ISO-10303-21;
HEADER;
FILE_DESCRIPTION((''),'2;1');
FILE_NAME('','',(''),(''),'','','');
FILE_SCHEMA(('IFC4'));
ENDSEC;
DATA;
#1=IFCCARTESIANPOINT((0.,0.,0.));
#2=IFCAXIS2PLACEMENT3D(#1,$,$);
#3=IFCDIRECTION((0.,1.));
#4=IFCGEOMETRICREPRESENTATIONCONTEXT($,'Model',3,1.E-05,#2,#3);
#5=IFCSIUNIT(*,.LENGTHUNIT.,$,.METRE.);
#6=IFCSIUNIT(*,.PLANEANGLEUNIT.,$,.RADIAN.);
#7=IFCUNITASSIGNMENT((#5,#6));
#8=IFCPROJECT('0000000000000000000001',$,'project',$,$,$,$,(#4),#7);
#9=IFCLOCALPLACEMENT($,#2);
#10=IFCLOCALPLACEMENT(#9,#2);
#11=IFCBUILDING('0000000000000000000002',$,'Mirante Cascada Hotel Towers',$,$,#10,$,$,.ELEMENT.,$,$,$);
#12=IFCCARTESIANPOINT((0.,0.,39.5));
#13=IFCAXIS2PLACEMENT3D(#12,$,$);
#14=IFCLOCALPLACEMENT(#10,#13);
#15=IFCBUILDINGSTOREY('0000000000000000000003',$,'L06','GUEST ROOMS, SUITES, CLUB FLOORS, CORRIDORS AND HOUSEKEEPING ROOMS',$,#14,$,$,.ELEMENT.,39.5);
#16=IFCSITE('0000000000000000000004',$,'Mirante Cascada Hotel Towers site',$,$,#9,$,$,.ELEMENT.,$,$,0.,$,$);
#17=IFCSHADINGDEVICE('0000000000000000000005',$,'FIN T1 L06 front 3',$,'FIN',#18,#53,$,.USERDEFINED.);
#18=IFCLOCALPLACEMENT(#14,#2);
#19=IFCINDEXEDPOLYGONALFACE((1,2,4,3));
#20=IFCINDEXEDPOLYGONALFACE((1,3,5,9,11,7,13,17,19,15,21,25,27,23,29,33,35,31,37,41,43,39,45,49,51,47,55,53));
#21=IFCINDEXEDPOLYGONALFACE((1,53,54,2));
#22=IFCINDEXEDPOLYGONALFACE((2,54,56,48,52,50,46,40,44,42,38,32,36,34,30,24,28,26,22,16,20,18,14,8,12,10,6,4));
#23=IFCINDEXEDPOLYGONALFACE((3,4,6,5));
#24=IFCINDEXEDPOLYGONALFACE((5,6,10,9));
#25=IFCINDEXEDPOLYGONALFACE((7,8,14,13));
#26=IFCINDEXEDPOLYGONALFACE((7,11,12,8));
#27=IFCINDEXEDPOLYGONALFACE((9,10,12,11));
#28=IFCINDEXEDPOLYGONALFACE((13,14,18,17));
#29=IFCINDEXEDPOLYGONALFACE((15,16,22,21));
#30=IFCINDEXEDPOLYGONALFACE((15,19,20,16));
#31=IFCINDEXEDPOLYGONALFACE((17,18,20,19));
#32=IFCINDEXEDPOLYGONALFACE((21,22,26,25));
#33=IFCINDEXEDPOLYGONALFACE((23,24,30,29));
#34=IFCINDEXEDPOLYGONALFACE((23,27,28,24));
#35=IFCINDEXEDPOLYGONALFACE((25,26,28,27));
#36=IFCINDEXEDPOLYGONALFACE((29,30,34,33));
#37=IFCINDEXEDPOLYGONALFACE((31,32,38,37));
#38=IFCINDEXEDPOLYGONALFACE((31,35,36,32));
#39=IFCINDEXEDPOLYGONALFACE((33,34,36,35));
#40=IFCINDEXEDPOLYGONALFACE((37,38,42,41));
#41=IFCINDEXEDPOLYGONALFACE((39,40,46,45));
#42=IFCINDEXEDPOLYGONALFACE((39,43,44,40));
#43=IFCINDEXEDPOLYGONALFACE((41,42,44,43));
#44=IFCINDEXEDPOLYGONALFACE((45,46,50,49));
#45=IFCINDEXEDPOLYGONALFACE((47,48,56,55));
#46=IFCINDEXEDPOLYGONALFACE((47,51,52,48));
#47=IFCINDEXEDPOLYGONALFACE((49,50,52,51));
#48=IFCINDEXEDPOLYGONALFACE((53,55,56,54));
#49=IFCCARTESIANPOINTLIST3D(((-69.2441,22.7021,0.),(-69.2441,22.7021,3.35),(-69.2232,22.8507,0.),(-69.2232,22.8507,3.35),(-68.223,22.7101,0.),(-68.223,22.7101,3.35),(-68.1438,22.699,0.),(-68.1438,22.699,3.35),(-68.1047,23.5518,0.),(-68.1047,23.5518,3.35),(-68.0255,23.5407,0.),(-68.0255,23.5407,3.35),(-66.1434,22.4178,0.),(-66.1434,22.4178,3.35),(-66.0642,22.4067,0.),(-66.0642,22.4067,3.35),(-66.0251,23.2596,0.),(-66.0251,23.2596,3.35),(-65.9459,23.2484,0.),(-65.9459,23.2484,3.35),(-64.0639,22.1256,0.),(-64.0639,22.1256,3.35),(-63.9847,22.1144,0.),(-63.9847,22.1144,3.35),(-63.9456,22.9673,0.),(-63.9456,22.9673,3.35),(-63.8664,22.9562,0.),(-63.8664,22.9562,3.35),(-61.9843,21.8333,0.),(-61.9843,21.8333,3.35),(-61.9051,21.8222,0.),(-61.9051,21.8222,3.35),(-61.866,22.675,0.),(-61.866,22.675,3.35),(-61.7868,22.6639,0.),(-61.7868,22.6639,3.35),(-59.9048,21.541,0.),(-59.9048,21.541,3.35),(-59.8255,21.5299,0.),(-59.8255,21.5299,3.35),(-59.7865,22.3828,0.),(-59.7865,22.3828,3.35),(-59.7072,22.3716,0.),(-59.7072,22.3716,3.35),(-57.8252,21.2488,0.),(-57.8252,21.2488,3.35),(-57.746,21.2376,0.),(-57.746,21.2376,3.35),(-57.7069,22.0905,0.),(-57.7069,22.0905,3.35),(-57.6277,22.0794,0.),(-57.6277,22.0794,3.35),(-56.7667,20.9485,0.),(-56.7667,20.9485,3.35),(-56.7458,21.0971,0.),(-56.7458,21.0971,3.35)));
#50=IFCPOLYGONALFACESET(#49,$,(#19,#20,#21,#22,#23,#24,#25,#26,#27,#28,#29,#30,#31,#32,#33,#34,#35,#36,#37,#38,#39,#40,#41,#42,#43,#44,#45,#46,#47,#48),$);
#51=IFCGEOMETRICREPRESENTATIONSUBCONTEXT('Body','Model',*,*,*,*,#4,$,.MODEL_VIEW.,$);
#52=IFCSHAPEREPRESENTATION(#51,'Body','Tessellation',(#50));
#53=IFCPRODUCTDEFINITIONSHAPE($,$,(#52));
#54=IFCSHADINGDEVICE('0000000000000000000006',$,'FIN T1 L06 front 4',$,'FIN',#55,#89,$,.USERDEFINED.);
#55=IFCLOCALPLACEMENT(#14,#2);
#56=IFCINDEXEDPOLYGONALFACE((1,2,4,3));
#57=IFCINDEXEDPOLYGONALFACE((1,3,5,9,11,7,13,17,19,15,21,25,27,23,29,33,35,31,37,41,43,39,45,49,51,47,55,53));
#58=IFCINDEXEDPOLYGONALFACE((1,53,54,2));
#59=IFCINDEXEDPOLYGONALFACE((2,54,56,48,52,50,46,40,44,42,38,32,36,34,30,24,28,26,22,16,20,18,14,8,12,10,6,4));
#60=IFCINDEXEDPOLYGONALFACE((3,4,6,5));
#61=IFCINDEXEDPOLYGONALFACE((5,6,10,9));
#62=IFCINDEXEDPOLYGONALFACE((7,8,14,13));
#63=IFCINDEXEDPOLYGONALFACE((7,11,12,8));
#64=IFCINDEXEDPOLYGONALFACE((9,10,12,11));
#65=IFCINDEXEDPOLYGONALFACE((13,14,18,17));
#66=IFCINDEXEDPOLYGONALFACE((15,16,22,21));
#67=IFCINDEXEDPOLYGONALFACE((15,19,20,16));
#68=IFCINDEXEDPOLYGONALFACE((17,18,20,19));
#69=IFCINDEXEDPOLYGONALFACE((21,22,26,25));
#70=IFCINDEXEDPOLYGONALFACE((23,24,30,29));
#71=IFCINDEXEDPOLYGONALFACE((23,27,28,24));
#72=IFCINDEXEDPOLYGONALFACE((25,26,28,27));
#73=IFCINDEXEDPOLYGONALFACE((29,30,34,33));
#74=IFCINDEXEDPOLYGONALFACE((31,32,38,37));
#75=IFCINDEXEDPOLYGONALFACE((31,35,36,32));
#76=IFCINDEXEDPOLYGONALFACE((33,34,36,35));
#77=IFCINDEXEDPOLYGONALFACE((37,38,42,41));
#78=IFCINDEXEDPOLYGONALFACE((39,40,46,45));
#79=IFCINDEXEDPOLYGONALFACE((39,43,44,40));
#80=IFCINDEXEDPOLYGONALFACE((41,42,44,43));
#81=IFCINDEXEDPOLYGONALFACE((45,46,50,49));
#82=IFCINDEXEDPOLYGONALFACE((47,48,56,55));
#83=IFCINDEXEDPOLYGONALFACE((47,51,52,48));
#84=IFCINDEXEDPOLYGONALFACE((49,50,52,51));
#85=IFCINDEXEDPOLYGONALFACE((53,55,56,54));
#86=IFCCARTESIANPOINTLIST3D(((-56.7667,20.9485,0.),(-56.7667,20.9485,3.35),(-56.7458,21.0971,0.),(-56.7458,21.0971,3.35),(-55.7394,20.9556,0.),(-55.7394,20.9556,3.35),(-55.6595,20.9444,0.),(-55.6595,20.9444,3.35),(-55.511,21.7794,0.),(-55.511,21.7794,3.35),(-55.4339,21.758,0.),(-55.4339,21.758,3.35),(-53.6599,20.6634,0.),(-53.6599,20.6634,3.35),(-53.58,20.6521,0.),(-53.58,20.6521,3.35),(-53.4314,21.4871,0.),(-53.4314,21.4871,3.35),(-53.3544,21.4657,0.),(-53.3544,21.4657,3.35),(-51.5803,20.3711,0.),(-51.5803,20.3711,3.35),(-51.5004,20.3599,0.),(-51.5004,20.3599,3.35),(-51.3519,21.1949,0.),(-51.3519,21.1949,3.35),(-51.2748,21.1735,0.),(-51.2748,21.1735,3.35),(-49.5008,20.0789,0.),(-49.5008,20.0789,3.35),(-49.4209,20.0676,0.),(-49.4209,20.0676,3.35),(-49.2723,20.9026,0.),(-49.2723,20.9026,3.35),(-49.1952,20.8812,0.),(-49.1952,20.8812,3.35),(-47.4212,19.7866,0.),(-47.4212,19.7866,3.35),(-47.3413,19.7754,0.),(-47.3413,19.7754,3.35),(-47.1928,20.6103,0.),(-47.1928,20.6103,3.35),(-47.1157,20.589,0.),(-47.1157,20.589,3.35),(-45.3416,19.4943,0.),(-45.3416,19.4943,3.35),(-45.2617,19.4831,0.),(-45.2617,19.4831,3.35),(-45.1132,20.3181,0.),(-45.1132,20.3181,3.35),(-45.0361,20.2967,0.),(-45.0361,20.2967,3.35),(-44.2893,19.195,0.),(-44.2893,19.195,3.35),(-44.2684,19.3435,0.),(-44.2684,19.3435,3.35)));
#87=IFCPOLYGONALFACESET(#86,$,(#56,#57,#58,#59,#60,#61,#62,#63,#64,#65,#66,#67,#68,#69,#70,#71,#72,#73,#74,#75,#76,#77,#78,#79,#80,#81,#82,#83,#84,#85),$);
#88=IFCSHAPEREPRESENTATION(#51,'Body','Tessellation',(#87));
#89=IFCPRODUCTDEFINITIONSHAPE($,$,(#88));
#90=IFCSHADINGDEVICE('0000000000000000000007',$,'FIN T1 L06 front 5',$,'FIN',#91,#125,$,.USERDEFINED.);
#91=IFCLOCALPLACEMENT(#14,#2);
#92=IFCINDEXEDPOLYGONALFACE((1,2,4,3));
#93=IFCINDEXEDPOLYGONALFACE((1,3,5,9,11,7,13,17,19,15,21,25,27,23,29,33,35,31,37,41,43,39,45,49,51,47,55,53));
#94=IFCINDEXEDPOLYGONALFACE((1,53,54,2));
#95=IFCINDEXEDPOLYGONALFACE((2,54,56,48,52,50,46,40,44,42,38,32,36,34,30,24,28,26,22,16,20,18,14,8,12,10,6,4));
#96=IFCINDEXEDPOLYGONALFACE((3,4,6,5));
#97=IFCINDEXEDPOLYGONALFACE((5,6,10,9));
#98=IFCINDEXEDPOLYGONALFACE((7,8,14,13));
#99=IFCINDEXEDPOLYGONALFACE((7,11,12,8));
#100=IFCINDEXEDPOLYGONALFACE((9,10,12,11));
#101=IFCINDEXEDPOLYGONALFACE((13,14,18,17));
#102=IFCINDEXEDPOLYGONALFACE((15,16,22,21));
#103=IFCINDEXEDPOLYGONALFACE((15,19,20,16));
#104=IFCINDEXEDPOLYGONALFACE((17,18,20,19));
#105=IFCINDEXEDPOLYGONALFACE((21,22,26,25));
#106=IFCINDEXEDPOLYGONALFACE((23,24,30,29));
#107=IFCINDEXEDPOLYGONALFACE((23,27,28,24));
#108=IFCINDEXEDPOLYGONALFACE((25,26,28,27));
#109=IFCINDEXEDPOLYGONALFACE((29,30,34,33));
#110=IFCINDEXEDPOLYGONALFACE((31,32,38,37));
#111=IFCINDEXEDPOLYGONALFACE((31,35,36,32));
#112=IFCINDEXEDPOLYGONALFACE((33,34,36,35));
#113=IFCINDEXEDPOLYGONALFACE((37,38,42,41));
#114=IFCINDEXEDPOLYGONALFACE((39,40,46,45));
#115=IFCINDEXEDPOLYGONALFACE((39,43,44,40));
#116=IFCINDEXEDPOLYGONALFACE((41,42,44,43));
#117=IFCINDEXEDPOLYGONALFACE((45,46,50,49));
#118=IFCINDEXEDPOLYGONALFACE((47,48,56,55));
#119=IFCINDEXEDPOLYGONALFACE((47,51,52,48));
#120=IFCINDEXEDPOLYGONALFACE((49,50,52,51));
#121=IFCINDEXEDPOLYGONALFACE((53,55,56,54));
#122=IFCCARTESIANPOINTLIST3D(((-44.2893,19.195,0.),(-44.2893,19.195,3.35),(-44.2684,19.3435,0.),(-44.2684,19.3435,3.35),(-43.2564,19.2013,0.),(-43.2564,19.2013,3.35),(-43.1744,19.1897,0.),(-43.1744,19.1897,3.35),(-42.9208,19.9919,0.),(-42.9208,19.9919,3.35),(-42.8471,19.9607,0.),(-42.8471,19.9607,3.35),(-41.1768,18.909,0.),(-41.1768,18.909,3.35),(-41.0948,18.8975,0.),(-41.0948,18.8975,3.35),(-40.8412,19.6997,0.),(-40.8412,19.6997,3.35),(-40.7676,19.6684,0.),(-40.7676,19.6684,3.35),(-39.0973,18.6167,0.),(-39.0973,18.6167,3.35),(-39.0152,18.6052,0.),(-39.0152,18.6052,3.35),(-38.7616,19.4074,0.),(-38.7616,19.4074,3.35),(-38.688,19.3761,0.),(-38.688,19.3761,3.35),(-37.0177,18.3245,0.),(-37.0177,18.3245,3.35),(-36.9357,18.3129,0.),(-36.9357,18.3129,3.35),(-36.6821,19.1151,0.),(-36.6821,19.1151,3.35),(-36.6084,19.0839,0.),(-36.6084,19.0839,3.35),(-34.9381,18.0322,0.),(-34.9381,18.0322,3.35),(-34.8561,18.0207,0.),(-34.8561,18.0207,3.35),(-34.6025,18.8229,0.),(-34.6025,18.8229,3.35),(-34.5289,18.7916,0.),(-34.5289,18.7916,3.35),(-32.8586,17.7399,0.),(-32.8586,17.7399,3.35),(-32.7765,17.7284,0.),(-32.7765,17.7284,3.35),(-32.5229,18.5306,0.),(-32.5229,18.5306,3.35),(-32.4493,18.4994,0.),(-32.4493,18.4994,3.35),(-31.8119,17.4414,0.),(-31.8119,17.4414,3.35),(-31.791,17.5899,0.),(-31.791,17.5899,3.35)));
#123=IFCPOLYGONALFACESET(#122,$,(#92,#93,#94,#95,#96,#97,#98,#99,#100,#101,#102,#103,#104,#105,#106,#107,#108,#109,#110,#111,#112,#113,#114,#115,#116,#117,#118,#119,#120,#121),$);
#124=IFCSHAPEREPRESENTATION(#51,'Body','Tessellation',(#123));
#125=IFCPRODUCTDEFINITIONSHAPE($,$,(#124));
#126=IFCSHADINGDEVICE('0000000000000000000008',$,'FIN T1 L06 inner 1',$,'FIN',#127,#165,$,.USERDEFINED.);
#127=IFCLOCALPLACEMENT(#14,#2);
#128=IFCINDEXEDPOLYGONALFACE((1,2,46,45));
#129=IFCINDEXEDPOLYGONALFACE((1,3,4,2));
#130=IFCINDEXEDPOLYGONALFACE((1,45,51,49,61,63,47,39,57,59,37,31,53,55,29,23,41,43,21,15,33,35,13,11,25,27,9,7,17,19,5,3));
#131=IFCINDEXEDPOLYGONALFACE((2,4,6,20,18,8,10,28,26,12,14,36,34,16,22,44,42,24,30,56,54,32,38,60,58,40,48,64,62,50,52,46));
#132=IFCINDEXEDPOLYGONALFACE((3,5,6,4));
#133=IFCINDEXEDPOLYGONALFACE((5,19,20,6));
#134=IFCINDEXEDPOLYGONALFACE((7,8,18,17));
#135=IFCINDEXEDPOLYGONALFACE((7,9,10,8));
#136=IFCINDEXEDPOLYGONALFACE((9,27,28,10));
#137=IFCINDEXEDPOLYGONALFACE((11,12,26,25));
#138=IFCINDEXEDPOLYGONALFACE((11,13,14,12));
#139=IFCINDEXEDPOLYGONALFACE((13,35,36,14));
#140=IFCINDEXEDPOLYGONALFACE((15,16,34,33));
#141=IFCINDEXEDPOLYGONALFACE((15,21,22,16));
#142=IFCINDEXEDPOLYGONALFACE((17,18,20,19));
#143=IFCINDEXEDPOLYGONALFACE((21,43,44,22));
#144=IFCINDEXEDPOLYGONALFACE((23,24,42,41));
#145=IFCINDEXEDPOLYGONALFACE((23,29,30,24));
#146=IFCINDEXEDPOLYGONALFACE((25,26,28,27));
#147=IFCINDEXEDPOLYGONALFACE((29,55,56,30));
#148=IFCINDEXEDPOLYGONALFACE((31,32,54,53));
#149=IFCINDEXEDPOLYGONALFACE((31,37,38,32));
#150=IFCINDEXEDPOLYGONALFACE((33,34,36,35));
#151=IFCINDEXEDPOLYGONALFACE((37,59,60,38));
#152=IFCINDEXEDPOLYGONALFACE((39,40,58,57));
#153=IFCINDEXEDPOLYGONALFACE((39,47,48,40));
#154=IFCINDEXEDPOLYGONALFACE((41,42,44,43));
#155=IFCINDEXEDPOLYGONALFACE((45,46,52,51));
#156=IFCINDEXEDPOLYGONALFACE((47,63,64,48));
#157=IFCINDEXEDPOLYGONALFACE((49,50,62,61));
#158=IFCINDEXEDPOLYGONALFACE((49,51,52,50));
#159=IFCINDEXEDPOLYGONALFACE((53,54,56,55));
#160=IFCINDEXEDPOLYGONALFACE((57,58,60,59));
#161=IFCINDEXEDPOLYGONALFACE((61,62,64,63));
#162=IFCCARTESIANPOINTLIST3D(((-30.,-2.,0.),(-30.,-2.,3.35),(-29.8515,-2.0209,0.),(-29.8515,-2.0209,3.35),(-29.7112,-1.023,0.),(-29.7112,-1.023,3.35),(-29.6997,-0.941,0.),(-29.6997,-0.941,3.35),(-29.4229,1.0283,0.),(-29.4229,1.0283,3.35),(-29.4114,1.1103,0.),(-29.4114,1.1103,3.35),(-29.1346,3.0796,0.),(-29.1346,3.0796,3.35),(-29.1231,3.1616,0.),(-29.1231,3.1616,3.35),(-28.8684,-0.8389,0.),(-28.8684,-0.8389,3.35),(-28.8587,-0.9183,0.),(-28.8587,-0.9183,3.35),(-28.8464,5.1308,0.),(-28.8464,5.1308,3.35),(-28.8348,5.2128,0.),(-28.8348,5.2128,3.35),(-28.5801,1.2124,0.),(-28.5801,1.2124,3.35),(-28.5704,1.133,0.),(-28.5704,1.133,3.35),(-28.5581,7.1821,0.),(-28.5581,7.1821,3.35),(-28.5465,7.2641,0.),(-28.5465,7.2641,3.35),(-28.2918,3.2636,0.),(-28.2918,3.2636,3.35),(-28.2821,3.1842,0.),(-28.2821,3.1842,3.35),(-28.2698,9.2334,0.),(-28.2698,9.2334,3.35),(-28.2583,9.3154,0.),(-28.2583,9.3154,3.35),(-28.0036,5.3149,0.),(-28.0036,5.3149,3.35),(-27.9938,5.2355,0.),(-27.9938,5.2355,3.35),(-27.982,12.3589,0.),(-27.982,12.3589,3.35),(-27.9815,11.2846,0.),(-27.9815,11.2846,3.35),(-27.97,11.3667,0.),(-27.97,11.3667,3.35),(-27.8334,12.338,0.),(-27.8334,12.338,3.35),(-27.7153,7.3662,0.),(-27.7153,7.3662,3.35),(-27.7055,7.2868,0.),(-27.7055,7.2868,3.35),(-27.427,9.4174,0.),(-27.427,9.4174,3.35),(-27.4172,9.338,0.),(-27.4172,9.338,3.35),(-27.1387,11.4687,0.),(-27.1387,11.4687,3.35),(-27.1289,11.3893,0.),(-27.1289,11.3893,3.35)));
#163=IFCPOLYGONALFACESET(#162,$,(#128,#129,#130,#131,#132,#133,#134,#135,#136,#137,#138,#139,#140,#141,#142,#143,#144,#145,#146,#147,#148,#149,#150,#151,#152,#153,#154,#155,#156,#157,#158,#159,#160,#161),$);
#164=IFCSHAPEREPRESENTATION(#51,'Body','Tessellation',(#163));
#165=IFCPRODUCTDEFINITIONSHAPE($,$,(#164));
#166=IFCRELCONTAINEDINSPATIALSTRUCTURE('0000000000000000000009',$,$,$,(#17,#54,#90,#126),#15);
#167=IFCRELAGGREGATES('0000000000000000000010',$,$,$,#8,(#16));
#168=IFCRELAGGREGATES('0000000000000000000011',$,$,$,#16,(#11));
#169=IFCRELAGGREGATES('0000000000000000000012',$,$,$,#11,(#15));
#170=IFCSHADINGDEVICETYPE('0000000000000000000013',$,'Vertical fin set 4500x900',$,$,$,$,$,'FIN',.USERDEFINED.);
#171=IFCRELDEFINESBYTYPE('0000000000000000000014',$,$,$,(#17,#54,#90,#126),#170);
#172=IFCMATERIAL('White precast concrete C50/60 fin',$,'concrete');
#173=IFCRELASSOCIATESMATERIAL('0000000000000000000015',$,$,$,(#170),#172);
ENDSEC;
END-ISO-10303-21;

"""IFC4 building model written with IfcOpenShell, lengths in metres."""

from ifc_helpers import new_model, si_unit, direction, frame, origin, place, context, subcontext, project, spatial, polyline, outline, extrude, material, type_object, element, save


model = new_model("IFC4")

# Units and contexts
model_context = context("Model", 3, precision=1e-05, world=origin(), true_north=direction((0.0, 1.0)))
body_context = subcontext(model_context, "Body", "Model", "MODEL_VIEW")
ifc_project = project(units=[si_unit("LENGTHUNIT", "METRE"), si_unit("PLANEANGLEUNIT", "RADIAN")], contexts=[model_context])

# Site, building, storey
site_placement = place(None, origin())
site = spatial("IfcSite", under=ifc_project, at=site_placement, Name="Mirante Cascada Hotel Towers site", CompositionType="ELEMENT", RefElevation=0.0)
building_placement = place(site_placement, origin())
building = spatial("IfcBuilding", under=site, at=building_placement, Name="Mirante Cascada Hotel Towers", CompositionType="ELEMENT")
storey_placement = place(building_placement, frame((0.0, 0.0, 39.5)))
storey = spatial("IfcBuildingStorey", under=building, at=storey_placement, Name="L06", Description="GUEST ROOMS, SUITES, CLUB FLOORS, CORRIDORS AND HOUSEKEEPING ROOMS", CompositionType="ELEMENT", Elevation=39.5)

# Shading devices
ifc_material_1 = material(Name="White precast concrete C50/60 fin", Category="concrete")
shading_device_type = type_object("IfcShadingDeviceType", Name="Vertical fin set 4500x900", ElementType="FIN", PredefinedType="USERDEFINED", material=ifc_material_1)
shading_device_1_placement = place(storey_placement, origin())
element("IfcShadingDevice", 1, at=shading_device_1_placement, inside=storey, type_object=shading_device_type, Name="FIN T1 L06 front 3", ObjectType="FIN", PredefinedType="USERDEFINED", context=body_context, shape_type="SweptSolid", body=[
    extrude(outline(polyline([(-57.6277, 22.0794), (-57.746, 21.2376), (-56.7458, 21.0971), (-56.7667, 20.9485), (-69.2441, 22.7021), (-69.2232, 22.8507), (-68.223, 22.7101), (-68.1047, 23.5518), (-68.0255, 23.5407), (-68.1438, 22.699), (-66.1434, 22.4178), (-66.0251, 23.2596), (-65.9459, 23.2484), (-66.0642, 22.4067), (-64.0639, 22.1256), (-63.9456, 22.9673), (-63.8664, 22.9562), (-63.9847, 22.1144), (-61.9843, 21.8333), (-61.866, 22.675), (-61.7868, 22.6639), (-61.9051, 21.8222), (-59.9048, 21.541), (-59.7865, 22.3828), (-59.7072, 22.3716), (-59.8255, 21.5299), (-57.8252, 21.2488), (-57.7069, 22.0905), (-57.6277, 22.0794)])), origin(), (0.0, 0.0, 1.0), 3.35),
])
shading_device_2_placement = place(storey_placement, origin())
element("IfcShadingDevice", 2, at=shading_device_2_placement, inside=storey, type_object=shading_device_type, Name="FIN T1 L06 front 4", ObjectType="FIN", PredefinedType="USERDEFINED", context=body_context, shape_type="SweptSolid", body=[
    extrude(outline(polyline([(-45.0361, 20.2967), (-45.2617, 19.4831), (-44.2684, 19.3435), (-44.2893, 19.195), (-56.7667, 20.9485), (-56.7458, 21.0971), (-55.7394, 20.9556), (-55.511, 21.7794), (-55.4339, 21.758), (-55.6595, 20.9444), (-53.6599, 20.6634), (-53.4314, 21.4871), (-53.3544, 21.4657), (-53.58, 20.6521), (-51.5803, 20.3711), (-51.3519, 21.1949), (-51.2748, 21.1735), (-51.5004, 20.3599), (-49.5008, 20.0789), (-49.2723, 20.9026), (-49.1952, 20.8812), (-49.4209, 20.0676), (-47.4212, 19.7866), (-47.1928, 20.6103), (-47.1157, 20.589), (-47.3413, 19.7754), (-45.3416, 19.4943), (-45.1132, 20.3181), (-45.0361, 20.2967)])), origin(), (0.0, 0.0, 1.0), 3.35),
])
shading_device_3_placement = place(storey_placement, origin())
element("IfcShadingDevice", 3, at=shading_device_3_placement, inside=storey, type_object=shading_device_type, Name="FIN T1 L06 front 5", ObjectType="FIN", PredefinedType="USERDEFINED", context=body_context, shape_type="SweptSolid", body=[
    extrude(outline(polyline([(-32.4493, 18.4994), (-32.7765, 17.7284), (-31.791, 17.5899), (-31.8119, 17.4414), (-44.2893, 19.195), (-44.2684, 19.3435), (-43.2564, 19.2013), (-42.9208, 19.9919), (-42.8471, 19.9607), (-43.1744, 19.1897), (-41.1768, 18.909), (-40.8412, 19.6997), (-40.7676, 19.6684), (-41.0948, 18.8975), (-39.0973, 18.6167), (-38.7616, 19.4074), (-38.688, 19.3761), (-39.0152, 18.6052), (-37.0177, 18.3245), (-36.6821, 19.1151), (-36.6084, 19.0839), (-36.9357, 18.3129), (-34.9381, 18.0322), (-34.6025, 18.8229), (-34.5289, 18.7916), (-34.8561, 18.0207), (-32.8586, 17.7399), (-32.5229, 18.5306), (-32.4493, 18.4994)])), origin(), (0.0, 0.0, 1.0), 3.35),
])
shading_device_4_placement = place(storey_placement, origin())
element("IfcShadingDevice", 4, at=shading_device_4_placement, inside=storey, type_object=shading_device_type, Name="FIN T1 L06 inner 1", ObjectType="FIN", PredefinedType="USERDEFINED", context=body_context, shape_type="SweptSolid", body=[
    extrude(outline(polyline([(-29.7112, -1.023), (-29.8515, -2.0209), (-30.0, -2.0), (-27.982, 12.3589), (-27.8334, 12.338), (-27.97, 11.3667), (-27.1387, 11.4687), (-27.1289, 11.3893), (-27.9815, 11.2846), (-28.2583, 9.3154), (-27.427, 9.4174), (-27.4172, 9.338), (-28.2698, 9.2334), (-28.5465, 7.2641), (-27.7153, 7.3662), (-27.7055, 7.2868), (-28.5581, 7.1821), (-28.8348, 5.2128), (-28.0036, 5.3149), (-27.9938, 5.2355), (-28.8464, 5.1308), (-29.1231, 3.1616), (-28.2918, 3.2636), (-28.2821, 3.1842), (-29.1346, 3.0796), (-29.4114, 1.1103), (-28.5801, 1.2124), (-28.5704, 1.133), (-29.4229, 1.0283), (-29.6997, -0.941), (-28.8684, -0.8389), (-28.8587, -0.9183), (-29.7112, -1.023)])), origin(), (0.0, 0.0, 1.0), 3.35),
])

save(model, "model.ifc")
